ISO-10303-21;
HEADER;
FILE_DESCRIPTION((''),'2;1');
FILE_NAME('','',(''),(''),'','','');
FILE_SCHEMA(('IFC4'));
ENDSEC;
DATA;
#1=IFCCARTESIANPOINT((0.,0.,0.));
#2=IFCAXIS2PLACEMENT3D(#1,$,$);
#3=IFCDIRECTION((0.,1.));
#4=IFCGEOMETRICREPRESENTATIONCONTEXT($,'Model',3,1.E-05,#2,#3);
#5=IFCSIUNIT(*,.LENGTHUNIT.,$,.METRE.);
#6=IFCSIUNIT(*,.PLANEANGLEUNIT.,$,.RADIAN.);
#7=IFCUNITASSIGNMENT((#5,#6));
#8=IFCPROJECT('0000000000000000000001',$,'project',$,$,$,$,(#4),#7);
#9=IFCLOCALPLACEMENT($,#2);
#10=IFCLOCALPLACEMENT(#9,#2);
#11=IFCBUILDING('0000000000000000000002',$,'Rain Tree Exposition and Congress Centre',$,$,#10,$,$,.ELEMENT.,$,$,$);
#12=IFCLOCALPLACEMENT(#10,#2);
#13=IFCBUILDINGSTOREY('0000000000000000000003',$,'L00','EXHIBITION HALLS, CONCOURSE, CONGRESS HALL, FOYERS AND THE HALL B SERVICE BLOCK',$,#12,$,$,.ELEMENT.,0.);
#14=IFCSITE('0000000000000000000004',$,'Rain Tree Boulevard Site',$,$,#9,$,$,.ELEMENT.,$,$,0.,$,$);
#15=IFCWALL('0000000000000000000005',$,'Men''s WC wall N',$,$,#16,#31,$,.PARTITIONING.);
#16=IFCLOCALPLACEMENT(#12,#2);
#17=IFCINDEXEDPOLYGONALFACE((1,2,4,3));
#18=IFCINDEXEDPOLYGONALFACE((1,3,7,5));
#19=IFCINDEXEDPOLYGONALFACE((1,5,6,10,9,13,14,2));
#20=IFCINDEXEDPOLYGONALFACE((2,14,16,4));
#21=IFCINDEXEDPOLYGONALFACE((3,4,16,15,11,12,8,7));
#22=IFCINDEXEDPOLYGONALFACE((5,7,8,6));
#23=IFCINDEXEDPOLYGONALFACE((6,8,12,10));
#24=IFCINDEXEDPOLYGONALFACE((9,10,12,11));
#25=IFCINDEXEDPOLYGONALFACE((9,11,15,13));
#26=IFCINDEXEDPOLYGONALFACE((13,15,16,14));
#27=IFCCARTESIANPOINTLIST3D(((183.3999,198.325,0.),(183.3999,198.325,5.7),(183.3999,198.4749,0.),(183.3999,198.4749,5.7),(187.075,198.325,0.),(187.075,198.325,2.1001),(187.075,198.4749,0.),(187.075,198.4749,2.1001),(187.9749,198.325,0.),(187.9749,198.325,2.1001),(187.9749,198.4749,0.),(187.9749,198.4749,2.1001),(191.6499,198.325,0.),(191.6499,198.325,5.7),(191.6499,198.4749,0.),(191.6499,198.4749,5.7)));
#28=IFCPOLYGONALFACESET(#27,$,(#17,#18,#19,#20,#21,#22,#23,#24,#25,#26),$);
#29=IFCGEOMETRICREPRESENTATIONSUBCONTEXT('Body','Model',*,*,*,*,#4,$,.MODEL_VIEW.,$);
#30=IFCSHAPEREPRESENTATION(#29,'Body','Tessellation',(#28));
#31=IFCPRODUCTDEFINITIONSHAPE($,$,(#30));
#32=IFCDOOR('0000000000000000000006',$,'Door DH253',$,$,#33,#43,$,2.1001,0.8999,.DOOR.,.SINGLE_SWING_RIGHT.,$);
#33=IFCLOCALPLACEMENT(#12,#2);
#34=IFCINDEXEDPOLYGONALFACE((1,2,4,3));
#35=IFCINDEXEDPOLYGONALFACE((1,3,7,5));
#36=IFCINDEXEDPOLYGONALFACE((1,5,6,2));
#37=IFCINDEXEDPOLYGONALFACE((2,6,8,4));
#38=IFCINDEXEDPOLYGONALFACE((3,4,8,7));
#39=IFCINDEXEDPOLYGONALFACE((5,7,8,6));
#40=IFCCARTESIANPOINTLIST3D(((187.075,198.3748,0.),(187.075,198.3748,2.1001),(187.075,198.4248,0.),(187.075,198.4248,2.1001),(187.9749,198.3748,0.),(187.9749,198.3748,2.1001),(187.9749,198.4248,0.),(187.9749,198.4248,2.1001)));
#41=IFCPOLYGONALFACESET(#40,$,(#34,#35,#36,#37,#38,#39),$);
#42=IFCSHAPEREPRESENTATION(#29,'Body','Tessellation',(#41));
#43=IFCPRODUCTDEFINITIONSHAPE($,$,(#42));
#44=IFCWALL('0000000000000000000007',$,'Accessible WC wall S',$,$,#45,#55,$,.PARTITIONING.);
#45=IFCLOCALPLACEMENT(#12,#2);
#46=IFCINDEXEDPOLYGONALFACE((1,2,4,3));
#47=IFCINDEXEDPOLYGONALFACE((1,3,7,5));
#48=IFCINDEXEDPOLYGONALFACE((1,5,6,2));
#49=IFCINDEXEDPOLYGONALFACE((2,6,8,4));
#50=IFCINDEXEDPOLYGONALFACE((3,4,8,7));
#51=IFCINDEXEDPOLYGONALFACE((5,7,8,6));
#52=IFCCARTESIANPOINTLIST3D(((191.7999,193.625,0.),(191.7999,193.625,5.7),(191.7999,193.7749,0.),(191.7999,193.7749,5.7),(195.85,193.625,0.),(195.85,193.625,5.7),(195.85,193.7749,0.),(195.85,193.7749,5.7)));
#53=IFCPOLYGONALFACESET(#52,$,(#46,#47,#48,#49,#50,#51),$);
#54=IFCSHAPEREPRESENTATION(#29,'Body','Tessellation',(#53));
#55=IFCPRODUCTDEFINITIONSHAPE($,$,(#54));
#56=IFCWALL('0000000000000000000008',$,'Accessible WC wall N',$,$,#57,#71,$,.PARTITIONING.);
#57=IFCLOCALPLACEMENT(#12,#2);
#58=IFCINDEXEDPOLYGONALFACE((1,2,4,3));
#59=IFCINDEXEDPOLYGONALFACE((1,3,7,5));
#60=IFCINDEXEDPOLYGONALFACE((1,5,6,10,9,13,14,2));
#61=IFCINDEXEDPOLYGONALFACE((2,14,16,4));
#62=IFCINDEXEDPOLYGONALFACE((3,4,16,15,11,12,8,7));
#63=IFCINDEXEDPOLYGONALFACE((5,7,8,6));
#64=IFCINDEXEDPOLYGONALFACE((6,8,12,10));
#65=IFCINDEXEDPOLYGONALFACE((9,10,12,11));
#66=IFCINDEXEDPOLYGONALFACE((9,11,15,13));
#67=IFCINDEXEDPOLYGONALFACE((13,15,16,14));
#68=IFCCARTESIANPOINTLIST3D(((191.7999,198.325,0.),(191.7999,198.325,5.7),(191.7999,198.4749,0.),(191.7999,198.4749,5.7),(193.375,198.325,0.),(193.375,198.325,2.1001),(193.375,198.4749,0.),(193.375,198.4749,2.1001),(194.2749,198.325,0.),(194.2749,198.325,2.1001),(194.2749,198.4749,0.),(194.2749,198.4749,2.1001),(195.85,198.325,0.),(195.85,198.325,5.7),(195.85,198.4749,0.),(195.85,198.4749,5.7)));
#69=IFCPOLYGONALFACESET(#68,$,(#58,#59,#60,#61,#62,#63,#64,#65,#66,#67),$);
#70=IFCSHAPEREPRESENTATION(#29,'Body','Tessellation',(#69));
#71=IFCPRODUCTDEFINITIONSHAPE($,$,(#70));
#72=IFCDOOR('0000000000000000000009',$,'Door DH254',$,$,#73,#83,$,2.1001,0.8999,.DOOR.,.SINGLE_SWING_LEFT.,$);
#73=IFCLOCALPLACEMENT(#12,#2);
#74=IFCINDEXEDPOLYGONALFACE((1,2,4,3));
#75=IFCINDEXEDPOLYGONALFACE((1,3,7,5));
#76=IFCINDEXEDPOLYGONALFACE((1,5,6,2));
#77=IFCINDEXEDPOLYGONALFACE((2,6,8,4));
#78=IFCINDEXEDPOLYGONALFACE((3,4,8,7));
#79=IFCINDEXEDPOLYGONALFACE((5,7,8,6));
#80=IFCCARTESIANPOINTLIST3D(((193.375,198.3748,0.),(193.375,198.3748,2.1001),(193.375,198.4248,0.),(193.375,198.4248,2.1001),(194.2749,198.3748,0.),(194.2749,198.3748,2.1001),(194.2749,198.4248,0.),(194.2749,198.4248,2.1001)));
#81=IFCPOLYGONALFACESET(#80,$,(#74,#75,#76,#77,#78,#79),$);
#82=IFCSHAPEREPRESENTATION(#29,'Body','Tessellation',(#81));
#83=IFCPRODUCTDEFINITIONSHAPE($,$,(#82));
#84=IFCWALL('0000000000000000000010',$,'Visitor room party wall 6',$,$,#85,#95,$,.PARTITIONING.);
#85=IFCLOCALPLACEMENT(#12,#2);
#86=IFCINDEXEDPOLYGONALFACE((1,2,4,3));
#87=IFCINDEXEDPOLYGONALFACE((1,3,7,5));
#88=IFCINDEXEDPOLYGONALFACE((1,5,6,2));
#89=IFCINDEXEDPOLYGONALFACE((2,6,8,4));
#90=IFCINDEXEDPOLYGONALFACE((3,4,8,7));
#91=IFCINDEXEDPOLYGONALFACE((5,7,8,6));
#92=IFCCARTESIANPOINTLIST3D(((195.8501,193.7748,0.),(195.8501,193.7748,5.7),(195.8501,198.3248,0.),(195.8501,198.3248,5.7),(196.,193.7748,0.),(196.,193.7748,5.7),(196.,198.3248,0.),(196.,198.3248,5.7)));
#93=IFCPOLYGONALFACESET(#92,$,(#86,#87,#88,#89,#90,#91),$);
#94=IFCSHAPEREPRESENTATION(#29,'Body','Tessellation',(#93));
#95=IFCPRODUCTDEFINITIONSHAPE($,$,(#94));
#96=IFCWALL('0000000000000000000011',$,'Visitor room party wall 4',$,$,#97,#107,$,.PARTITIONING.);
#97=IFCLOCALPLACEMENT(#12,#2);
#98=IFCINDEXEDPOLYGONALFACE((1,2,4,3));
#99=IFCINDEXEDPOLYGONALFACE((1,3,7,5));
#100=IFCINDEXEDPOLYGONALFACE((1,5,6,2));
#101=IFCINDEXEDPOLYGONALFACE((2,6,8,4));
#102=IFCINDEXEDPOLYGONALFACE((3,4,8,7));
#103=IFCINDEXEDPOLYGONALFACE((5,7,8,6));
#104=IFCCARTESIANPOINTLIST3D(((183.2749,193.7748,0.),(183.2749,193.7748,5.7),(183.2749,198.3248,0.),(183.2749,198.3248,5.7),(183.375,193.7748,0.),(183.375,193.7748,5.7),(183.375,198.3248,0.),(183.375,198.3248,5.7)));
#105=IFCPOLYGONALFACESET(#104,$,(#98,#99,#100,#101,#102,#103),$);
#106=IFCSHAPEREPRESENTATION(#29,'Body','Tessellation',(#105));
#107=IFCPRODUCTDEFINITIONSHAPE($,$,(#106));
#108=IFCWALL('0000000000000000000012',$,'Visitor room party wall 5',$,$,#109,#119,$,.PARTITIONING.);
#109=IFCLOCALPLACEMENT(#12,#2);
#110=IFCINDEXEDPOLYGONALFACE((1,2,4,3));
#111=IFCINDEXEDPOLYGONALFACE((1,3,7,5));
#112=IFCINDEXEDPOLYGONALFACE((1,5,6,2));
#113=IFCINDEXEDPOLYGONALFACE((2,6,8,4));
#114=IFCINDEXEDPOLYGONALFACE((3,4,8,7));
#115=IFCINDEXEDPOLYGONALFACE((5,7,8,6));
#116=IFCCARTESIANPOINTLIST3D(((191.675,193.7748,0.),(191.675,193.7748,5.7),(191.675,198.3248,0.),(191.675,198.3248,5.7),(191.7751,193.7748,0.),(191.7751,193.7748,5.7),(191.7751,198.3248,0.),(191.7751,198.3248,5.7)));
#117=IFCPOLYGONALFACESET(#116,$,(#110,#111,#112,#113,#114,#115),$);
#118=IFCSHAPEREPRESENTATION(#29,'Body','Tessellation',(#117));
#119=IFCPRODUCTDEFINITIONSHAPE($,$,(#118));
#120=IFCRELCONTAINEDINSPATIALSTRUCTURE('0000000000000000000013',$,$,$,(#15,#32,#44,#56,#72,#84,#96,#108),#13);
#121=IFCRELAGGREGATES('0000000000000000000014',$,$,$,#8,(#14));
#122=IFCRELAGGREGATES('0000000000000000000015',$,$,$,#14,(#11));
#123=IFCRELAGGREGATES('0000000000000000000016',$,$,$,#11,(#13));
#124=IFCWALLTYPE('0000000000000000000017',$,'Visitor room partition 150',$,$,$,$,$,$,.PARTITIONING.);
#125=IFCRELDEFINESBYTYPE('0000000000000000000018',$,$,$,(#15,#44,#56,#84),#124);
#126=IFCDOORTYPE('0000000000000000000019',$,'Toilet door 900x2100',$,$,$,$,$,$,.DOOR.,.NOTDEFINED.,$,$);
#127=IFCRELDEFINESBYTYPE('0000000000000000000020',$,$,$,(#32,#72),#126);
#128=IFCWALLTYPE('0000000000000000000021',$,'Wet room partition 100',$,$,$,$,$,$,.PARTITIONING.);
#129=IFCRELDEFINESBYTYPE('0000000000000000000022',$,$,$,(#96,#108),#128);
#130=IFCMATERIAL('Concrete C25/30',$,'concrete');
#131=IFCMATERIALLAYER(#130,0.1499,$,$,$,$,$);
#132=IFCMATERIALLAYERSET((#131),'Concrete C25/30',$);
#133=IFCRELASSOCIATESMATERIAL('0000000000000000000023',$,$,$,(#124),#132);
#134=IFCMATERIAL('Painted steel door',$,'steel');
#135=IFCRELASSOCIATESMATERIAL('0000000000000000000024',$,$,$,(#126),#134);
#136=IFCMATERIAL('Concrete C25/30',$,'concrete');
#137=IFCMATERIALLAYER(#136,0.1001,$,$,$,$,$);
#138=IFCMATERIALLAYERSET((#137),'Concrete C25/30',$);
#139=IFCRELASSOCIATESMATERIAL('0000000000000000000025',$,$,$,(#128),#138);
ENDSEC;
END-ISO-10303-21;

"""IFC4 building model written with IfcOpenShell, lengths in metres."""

from ifc_helpers import new_model, si_unit, direction, frame, frame_2d, origin, place, context, subcontext, project, spatial, rectangle, extrude, material, layer, layer_set, type_object, element, fill, save


model = new_model("IFC4")

# Units and contexts
model_context = context("Model", 3, precision=1e-05, world=origin(), true_north=direction((0.0, 1.0)))
body_context = subcontext(model_context, "Body", "Model", "MODEL_VIEW")
ifc_project = project(units=[si_unit("LENGTHUNIT", "METRE"), si_unit("PLANEANGLEUNIT", "RADIAN")], contexts=[model_context])

# Site, building, storey
site_placement = place(None, origin())
site = spatial("IfcSite", under=ifc_project, at=site_placement, Name="Rain Tree Boulevard Site", CompositionType="ELEMENT", RefElevation=0.0)
building_placement = place(site_placement, origin())
building = spatial("IfcBuilding", under=site, at=building_placement, Name="Rain Tree Exposition and Congress Centre", CompositionType="ELEMENT")
storey_placement = place(building_placement, origin())
storey = spatial("IfcBuildingStorey", under=building, at=storey_placement, Name="L00", Description="EXHIBITION HALLS, CONCOURSE, CONGRESS HALL, FOYERS AND THE HALL B SERVICE BLOCK", CompositionType="ELEMENT", Elevation=0.0)

# Shared definitions
ifc_material_1 = material(Name="Concrete C25/30", Category="concrete")
ifc_layer_1 = layer(ifc_material_1, 0.1499)
ifc_layer_set_1 = layer_set([ifc_layer_1], Name="Concrete C25/30")
wall_type_1 = type_object("IfcWallType", Name="Visitor room partition 150", PredefinedType="PARTITIONING", material=ifc_layer_set_1)

# Wall, opening, door
wall_1_placement = place(storey_placement, frame((183.3999, 198.3999, 0.0), z_axis=(0.0, 0.0, 1.0), x_axis=(1.0, 0.0, 0.0)))
wall_1 = element("IfcWall", 1, at=wall_1_placement, inside=storey, type_object=wall_type_1, Name="Men's WC wall N", PredefinedType="PARTITIONING", context=body_context, shape_type="SweptSolid", body=[
    extrude(rectangle(XDim=8.25, YDim=0.1499, at=frame_2d((4.125, 0.0))), origin(), (0.0, 0.0, 1.0), 5.7),
])
opening_1_placement = place(wall_1_placement, frame((3.675, 0.0, 0.0)))
opening_1 = element("IfcOpeningElement", 2, at=opening_1_placement, cuts=wall_1, PredefinedType="OPENING", context=body_context, shape_type="SweptSolid", body=[
    extrude(rectangle(XDim=0.8999, YDim=2.1001, at=frame_2d((0.45, 1.05))), frame((0.0, 0.075, 0.0), z_axis=(0.0, -1.0, 0.0), x_axis=(1.0, 0.0, 0.0)), (0.0, 0.0, 1.0), 0.1499),
])
ifc_material_2 = material(Name="Painted steel door", Category="steel")
door_type = type_object("IfcDoorType", Name="Toilet door 900x2100", OperationType="NOTDEFINED", PredefinedType="DOOR", material=ifc_material_2)
door_1_placement = place(opening_1_placement, origin())
door_1 = element("IfcDoor", 3, at=door_1_placement, inside=storey, type_object=door_type, Name="Door DH253", OperationType="SINGLE_SWING_RIGHT", OverallHeight=2.1001, OverallWidth=0.8999, PredefinedType="DOOR", context=body_context, shape_type="SweptSolid", body=[
    extrude(rectangle(XDim=0.8999, YDim=2.1001, at=frame_2d((0.45, 1.05))), frame((0.0, 0.0249, 0.0), z_axis=(0.0, -1.0, 0.0), x_axis=(1.0, 0.0, 0.0)), (0.0, 0.0, 1.0), 0.05),
])
fill(opening_1, door_1)

# Wall
wall_2_placement = place(storey_placement, frame((191.8, 193.7, 0.0), z_axis=(0.0, 0.0, 1.0), x_axis=(1.0, 0.0, 0.0)))
element("IfcWall", 4, at=wall_2_placement, inside=storey, type_object=wall_type_1, Name="Accessible WC wall S", PredefinedType="PARTITIONING", context=body_context, shape_type="SweptSolid", body=[
    extrude(rectangle(XDim=4.05, YDim=0.1499, at=frame_2d((2.0249, 0.0))), origin(), (0.0, 0.0, 1.0), 5.7),
])

# Wall, opening, door
wall_3_placement = place(storey_placement, frame((191.8, 198.3999, 0.0), z_axis=(0.0, 0.0, 1.0), x_axis=(1.0, 0.0, 0.0)))
wall_3 = element("IfcWall", 5, at=wall_3_placement, inside=storey, type_object=wall_type_1, Name="Accessible WC wall N", PredefinedType="PARTITIONING", context=body_context, shape_type="SweptSolid", body=[
    extrude(rectangle(XDim=4.05, YDim=0.1499, at=frame_2d((2.0249, 0.0))), origin(), (0.0, 0.0, 1.0), 5.7),
])
opening_2_placement = place(wall_3_placement, frame((1.575, 0.0, 0.0)))
opening_2 = element("IfcOpeningElement", 6, at=opening_2_placement, cuts=wall_3, PredefinedType="OPENING", context=body_context, shape_type="SweptSolid", body=[
    extrude(rectangle(XDim=0.8999, YDim=2.1001, at=frame_2d((0.45, 1.05))), frame((0.0, 0.075, 0.0), z_axis=(0.0, -1.0, 0.0), x_axis=(1.0, 0.0, 0.0)), (0.0, 0.0, 1.0), 0.1499),
])
door_2_placement = place(opening_2_placement, origin())
door_2 = element("IfcDoor", 7, at=door_2_placement, inside=storey, type_object=door_type, Name="Door DH254", OperationType="SINGLE_SWING_LEFT", OverallHeight=2.1001, OverallWidth=0.8999, PredefinedType="DOOR", context=body_context, shape_type="SweptSolid", body=[
    extrude(rectangle(XDim=0.8999, YDim=2.1001, at=frame_2d((0.45, 1.05))), frame((0.0, 0.0249, 0.0), z_axis=(0.0, -1.0, 0.0), x_axis=(1.0, 0.0, 0.0)), (0.0, 0.0, 1.0), 0.05),
])
fill(opening_2, door_2)

# Walls
wall_4_placement = place(storey_placement, frame((195.925, 193.7749, 0.0), z_axis=(0.0, 0.0, 1.0), x_axis=(0.0, 1.0, 0.0)))
element("IfcWall", 8, at=wall_4_placement, inside=storey, type_object=wall_type_1, Name="Visitor room party wall 6", PredefinedType="PARTITIONING", context=body_context, shape_type="SweptSolid", body=[
    extrude(rectangle(XDim=4.55, YDim=0.1499, at=frame_2d((2.2749, 0.0))), origin(), (0.0, 0.0, 1.0), 5.7),
])
ifc_material_3 = material(Name="Concrete C25/30", Category="concrete")
ifc_layer_2 = layer(ifc_material_3, 0.1001)
ifc_layer_set_2 = layer_set([ifc_layer_2], Name="Concrete C25/30")
wall_type_2 = type_object("IfcWallType", Name="Wet room partition 100", PredefinedType="PARTITIONING", material=ifc_layer_set_2)
for number, where, z_axis, x_axis, name in (
    (9, (183.325, 193.7749, 0.0), (0.0, 0.0, 1.0), (0.0, 1.0, 0.0), "Visitor room party wall 4"),
    (10, (191.7251, 193.7749, 0.0), (0.0, 0.0, 1.0), (0.0, 1.0, 0.0), "Visitor room party wall 5"),
):
    element("IfcWall", number, at=place(storey_placement, frame(where, z_axis=z_axis, x_axis=x_axis)), inside=storey, type_object=wall_type_2, Name=name, PredefinedType="PARTITIONING", context=body_context, shape_type="SweptSolid", body=[
        extrude(rectangle(XDim=4.55, YDim=0.1001, at=frame_2d((2.2749, 0.0))), origin(), (0.0, 0.0, 1.0), 5.7),
    ])

save(model, "model.ifc")
